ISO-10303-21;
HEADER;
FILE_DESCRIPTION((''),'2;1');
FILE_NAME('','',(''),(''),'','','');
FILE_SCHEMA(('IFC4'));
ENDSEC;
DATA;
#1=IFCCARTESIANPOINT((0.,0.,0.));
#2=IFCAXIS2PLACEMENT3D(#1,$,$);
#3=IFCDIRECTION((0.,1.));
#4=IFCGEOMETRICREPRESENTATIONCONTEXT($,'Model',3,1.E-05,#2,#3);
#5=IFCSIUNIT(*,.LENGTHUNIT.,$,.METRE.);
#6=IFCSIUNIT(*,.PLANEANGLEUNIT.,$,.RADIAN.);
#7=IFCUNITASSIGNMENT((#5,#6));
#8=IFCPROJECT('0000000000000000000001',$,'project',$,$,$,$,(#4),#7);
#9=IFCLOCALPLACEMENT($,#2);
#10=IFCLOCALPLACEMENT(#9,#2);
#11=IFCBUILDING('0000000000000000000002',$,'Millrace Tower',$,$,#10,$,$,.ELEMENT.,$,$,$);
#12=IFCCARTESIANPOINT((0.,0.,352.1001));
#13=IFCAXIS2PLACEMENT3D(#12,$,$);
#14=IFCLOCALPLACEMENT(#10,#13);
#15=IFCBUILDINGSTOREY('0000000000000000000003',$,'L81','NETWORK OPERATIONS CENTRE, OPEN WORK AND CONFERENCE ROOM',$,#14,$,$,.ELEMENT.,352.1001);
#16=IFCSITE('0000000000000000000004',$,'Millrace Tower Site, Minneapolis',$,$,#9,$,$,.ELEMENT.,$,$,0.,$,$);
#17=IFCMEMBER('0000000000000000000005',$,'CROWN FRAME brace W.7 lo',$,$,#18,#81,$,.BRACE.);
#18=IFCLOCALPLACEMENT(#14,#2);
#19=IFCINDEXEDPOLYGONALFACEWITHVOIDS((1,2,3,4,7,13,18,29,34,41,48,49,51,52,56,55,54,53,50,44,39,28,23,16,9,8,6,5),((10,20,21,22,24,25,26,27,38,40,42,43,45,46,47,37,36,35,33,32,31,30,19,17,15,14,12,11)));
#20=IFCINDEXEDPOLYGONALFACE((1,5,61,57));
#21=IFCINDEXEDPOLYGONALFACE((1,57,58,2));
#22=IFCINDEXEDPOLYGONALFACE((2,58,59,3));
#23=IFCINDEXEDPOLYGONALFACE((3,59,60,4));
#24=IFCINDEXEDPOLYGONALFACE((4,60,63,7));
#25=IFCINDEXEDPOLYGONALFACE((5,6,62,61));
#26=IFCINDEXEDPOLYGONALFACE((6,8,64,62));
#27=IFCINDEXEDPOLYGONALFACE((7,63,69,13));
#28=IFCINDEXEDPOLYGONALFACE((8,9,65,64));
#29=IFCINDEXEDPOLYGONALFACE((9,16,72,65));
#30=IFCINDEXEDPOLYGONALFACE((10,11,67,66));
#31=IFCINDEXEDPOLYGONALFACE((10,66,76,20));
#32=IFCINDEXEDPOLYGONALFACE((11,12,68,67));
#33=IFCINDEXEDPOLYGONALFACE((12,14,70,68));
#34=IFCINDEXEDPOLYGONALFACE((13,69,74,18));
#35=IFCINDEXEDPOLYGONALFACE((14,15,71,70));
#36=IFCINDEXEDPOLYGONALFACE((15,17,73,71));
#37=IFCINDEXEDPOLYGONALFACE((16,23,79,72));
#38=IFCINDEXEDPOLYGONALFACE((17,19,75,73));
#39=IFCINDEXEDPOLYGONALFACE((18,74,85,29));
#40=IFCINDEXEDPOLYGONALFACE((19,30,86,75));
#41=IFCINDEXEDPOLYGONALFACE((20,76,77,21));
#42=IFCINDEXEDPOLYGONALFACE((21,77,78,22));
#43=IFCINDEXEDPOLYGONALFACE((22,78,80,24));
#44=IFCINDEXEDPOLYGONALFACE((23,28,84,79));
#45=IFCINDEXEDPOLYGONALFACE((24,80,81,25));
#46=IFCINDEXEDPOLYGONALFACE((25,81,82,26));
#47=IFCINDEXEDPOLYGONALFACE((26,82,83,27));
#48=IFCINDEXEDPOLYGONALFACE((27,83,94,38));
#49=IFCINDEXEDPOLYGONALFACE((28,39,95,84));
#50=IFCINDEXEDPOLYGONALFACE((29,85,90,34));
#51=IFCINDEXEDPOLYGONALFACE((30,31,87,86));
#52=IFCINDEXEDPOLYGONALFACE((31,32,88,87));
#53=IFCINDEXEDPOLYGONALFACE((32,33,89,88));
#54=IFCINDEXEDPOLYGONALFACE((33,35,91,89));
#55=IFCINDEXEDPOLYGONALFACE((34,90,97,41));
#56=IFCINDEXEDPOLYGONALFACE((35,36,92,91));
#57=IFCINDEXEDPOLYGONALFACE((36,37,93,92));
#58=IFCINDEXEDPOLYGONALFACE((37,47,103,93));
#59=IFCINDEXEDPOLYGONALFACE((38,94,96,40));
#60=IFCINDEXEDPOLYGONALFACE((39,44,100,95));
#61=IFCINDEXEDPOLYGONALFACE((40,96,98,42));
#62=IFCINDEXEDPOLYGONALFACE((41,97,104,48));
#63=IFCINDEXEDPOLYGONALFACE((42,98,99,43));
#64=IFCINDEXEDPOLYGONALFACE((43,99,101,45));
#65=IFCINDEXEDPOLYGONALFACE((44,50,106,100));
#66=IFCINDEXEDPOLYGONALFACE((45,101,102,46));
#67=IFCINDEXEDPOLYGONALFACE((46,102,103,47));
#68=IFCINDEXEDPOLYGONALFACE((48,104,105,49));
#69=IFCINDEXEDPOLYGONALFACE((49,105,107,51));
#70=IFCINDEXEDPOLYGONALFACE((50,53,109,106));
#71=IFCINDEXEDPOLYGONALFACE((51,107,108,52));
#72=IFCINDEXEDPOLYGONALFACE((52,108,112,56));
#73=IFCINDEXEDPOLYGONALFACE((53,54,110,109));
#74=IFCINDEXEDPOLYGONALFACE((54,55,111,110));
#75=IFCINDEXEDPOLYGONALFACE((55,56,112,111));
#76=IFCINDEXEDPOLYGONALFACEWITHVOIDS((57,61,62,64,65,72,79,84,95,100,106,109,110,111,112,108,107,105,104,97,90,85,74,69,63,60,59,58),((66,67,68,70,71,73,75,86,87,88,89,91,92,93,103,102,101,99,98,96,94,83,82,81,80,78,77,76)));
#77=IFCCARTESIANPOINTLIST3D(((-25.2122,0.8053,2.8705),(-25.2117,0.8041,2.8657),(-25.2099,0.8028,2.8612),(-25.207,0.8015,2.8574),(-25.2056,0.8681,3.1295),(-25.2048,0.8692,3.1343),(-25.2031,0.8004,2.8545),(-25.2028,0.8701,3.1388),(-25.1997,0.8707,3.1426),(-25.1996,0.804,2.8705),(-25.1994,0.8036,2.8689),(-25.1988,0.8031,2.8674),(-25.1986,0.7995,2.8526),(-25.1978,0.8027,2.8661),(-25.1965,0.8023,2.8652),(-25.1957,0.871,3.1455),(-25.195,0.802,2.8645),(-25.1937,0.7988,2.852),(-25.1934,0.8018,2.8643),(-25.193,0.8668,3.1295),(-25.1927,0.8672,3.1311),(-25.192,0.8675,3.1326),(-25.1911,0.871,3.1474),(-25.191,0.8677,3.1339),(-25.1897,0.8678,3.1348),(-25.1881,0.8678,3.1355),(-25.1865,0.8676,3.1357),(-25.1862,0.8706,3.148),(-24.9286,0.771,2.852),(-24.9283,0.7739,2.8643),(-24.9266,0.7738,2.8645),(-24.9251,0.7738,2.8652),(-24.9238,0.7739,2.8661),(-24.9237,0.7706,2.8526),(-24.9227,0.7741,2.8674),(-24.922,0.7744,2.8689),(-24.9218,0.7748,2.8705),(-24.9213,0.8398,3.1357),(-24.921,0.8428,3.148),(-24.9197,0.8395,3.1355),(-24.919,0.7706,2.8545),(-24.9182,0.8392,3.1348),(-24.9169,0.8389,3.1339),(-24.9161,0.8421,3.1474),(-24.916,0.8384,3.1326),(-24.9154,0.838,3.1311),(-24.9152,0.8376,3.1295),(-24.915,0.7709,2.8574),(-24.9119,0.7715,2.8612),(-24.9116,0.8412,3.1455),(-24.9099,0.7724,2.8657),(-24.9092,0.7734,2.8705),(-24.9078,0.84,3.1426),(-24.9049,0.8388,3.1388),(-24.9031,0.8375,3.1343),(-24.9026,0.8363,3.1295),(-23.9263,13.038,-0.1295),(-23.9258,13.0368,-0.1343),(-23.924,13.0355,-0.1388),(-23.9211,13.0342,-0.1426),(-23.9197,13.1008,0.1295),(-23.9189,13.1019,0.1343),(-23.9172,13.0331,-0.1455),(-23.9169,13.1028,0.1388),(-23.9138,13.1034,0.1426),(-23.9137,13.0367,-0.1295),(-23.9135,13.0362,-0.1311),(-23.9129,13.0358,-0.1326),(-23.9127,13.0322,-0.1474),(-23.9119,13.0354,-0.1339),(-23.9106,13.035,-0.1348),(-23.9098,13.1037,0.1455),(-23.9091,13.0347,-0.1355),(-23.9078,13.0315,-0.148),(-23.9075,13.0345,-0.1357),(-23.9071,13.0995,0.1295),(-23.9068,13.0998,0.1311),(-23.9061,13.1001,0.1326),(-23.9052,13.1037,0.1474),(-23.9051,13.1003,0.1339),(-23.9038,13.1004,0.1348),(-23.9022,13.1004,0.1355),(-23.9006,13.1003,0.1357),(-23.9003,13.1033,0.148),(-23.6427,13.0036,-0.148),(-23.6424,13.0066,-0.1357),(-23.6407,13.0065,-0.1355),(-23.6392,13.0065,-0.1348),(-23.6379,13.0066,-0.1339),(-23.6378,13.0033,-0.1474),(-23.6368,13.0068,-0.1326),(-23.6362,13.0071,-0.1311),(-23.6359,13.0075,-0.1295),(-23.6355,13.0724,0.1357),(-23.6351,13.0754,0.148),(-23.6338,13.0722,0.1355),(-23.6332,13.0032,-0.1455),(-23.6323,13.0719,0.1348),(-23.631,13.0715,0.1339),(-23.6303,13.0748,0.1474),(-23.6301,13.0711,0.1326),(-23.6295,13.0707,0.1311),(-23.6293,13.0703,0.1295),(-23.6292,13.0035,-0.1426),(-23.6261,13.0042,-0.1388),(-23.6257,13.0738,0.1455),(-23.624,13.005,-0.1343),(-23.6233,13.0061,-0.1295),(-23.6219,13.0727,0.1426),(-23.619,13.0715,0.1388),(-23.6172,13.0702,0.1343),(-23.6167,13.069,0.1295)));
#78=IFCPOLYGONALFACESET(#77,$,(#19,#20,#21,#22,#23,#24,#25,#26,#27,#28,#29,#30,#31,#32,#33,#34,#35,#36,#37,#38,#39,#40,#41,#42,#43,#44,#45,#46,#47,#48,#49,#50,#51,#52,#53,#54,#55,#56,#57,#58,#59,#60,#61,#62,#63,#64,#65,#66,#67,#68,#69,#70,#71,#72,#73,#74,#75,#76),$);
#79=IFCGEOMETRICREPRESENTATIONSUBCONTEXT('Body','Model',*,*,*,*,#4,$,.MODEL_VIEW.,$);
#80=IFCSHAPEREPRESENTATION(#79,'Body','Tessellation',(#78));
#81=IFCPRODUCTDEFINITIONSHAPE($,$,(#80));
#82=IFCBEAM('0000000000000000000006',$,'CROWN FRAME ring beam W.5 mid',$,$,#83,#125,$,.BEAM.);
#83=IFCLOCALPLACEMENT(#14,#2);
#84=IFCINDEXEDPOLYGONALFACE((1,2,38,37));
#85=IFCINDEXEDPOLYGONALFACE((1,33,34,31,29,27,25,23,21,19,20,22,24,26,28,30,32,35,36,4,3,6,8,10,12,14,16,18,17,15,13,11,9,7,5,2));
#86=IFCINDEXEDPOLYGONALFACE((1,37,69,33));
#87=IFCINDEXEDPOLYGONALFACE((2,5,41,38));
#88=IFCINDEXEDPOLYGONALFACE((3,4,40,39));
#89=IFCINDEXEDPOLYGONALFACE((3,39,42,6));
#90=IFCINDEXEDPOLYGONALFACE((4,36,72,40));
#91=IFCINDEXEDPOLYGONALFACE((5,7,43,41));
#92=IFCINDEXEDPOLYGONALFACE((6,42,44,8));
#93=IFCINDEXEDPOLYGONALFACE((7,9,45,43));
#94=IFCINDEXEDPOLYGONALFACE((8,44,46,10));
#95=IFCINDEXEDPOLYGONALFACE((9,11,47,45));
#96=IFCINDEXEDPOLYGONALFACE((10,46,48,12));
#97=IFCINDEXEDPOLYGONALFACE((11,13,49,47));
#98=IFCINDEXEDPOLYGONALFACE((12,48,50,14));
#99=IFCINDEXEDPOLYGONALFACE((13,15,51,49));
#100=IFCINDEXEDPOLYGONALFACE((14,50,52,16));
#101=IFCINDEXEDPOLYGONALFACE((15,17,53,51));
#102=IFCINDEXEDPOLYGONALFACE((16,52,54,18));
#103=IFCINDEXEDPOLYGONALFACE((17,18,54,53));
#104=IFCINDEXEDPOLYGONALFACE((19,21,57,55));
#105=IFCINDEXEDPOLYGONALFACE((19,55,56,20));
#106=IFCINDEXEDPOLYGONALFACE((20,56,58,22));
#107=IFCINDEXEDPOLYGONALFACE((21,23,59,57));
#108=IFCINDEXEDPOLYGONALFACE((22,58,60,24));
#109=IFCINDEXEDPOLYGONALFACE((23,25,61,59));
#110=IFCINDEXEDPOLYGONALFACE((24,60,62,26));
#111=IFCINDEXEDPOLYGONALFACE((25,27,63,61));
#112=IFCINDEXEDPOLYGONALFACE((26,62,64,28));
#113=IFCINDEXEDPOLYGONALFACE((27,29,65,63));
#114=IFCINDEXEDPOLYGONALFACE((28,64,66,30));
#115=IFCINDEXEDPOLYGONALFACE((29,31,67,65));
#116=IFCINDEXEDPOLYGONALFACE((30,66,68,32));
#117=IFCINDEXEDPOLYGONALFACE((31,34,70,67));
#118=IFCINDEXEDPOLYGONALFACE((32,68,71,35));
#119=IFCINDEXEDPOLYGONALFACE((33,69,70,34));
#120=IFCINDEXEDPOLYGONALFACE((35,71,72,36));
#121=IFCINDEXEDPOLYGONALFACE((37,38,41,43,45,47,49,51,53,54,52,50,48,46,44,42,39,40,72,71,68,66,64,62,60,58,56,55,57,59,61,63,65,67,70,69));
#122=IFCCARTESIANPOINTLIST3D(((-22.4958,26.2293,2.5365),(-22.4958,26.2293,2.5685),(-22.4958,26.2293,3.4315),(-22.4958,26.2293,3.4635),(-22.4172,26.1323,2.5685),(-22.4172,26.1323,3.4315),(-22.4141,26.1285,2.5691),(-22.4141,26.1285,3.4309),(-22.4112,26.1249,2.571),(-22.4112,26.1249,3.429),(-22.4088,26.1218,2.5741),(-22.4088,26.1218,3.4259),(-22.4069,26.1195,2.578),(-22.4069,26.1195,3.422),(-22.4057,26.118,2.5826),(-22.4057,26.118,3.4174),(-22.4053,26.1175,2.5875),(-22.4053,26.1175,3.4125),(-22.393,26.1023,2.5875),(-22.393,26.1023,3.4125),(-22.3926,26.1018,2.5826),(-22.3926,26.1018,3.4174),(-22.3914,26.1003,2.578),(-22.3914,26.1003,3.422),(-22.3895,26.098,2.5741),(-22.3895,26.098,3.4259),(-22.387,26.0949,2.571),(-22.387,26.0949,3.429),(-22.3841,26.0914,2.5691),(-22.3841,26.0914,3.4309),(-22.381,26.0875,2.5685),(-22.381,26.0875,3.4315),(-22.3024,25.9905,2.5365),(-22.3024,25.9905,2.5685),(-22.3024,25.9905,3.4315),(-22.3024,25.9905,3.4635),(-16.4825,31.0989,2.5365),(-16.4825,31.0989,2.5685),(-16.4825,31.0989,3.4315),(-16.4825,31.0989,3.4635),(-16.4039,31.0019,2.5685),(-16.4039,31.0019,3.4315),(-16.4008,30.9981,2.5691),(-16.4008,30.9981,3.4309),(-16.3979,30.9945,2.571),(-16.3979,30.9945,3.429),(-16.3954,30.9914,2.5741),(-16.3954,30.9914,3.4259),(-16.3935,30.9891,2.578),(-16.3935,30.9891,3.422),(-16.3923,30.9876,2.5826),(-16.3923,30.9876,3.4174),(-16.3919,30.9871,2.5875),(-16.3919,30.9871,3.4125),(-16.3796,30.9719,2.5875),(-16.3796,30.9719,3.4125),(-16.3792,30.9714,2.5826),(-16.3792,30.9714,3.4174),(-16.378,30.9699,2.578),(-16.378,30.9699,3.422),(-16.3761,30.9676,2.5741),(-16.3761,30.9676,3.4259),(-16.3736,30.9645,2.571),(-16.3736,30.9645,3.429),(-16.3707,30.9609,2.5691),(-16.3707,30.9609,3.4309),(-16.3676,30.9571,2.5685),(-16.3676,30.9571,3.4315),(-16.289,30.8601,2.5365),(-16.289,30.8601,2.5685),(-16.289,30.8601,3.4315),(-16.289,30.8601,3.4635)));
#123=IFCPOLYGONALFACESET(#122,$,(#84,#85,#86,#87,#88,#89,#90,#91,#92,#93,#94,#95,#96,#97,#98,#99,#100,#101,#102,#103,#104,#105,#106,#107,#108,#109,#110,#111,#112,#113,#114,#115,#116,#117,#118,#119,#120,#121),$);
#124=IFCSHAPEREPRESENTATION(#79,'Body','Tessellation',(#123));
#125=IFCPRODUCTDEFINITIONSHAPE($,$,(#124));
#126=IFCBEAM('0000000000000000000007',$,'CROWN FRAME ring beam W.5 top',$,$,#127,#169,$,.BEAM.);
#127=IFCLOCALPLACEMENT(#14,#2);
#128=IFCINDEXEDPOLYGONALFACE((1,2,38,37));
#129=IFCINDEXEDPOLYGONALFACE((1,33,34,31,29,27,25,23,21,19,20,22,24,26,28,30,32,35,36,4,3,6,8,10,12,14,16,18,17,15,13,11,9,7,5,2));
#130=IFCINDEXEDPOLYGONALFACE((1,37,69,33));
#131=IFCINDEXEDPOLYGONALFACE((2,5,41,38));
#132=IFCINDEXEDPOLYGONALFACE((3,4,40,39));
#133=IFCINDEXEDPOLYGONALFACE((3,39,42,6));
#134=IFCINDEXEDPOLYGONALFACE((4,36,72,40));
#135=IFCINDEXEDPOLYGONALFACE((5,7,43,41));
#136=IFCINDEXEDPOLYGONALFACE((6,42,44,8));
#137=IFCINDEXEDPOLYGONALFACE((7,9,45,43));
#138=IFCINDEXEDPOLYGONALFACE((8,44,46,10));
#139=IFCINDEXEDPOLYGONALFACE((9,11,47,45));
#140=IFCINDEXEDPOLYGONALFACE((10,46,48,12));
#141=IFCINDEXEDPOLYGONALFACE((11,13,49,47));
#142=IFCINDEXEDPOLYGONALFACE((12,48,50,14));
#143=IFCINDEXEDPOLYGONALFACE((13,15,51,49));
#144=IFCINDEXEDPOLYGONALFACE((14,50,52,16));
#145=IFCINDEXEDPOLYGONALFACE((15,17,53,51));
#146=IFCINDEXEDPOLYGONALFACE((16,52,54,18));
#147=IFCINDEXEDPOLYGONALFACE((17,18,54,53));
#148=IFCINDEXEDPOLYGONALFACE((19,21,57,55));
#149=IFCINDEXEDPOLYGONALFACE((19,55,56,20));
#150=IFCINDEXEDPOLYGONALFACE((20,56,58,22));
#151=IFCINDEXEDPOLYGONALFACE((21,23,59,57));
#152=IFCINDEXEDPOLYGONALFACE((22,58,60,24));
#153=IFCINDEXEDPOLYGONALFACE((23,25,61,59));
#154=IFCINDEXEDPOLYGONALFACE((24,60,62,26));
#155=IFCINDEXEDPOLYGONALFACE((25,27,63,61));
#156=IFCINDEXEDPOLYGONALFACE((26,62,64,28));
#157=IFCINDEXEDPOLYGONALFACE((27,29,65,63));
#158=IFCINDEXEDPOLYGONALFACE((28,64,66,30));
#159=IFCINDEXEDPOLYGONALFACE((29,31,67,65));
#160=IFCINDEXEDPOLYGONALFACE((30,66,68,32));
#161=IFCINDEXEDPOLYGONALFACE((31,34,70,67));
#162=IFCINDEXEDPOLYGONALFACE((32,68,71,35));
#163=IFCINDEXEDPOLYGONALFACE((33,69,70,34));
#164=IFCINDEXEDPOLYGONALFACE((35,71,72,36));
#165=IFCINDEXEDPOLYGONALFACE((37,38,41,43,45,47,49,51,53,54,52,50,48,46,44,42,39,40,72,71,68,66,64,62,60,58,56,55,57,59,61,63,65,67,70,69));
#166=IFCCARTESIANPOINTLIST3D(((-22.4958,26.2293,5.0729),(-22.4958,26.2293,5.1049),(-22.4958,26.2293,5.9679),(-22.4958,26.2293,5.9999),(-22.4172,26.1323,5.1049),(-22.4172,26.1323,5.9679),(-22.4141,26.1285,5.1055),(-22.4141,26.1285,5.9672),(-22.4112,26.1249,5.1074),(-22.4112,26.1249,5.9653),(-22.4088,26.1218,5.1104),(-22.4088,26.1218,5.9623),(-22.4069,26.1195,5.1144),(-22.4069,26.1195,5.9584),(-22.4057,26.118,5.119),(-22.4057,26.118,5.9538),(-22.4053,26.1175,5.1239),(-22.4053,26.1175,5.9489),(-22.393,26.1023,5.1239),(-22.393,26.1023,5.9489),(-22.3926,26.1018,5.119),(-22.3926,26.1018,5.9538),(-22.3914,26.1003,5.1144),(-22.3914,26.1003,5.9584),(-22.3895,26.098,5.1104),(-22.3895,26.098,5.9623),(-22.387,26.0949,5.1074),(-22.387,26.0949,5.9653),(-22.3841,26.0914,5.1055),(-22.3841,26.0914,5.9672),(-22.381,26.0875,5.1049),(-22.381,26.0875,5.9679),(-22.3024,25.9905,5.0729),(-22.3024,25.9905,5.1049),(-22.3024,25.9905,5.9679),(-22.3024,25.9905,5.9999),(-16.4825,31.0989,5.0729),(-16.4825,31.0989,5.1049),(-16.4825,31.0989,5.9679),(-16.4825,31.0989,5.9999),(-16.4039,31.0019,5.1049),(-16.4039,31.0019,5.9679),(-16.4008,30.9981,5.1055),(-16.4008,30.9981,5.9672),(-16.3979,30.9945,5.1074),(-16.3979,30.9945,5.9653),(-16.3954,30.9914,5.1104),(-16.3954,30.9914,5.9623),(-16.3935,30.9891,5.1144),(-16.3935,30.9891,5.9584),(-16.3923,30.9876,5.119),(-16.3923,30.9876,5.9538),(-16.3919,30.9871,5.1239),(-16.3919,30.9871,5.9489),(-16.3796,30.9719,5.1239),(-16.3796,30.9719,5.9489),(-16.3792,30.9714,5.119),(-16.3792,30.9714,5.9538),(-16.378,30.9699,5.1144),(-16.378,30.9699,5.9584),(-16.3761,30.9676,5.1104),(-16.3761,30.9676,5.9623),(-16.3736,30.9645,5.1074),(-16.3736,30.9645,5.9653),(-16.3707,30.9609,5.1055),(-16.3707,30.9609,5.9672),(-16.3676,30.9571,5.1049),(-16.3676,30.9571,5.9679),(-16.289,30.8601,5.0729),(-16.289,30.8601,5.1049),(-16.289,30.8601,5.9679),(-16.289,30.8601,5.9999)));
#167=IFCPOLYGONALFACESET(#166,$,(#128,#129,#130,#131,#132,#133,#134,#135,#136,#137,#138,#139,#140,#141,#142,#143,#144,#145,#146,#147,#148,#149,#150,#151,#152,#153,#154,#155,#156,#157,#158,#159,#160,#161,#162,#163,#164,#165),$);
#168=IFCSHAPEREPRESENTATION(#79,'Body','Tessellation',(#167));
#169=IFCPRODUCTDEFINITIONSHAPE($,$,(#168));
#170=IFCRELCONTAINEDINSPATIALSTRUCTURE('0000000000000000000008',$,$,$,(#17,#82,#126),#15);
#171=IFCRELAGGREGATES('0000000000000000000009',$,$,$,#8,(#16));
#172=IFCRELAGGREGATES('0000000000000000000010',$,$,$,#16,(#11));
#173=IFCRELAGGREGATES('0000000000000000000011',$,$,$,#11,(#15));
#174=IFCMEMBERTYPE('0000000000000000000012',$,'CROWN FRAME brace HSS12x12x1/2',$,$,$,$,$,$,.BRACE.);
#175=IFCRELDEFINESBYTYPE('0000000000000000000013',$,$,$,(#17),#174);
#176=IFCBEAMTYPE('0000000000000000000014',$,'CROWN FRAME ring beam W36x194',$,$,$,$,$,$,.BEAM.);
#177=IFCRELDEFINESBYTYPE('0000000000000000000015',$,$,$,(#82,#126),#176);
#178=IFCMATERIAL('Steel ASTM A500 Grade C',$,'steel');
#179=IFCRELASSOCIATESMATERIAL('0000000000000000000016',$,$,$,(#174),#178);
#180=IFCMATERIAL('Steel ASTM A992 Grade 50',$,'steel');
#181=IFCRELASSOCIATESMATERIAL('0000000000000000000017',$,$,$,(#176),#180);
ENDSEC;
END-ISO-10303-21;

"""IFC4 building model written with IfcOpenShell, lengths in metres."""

from ifc_helpers import new_model, si_unit, direction, frame, origin, origin_2d, place, context, subcontext, project, spatial, hollow_rectangle, i_section, extrude, material, material_profile, profile_set, type_object, element, save


model = new_model("IFC4")

# Units and contexts
model_context = context("Model", 3, precision=1e-05, world=origin(), true_north=direction((0.0, 1.0)))
body_context = subcontext(model_context, "Body", "Model", "MODEL_VIEW")
ifc_project = project(units=[si_unit("LENGTHUNIT", "METRE"), si_unit("PLANEANGLEUNIT", "RADIAN")], contexts=[model_context])

# Site, building, storey
site_placement = place(None, origin())
site = spatial("IfcSite", under=ifc_project, at=site_placement, Name="Millrace Tower Site, Minneapolis", CompositionType="ELEMENT", RefElevation=0.0)
building_placement = place(site_placement, origin())
building = spatial("IfcBuilding", under=site, at=building_placement, Name="Millrace Tower", CompositionType="ELEMENT")
storey_placement = place(building_placement, frame((0.0, 0.0, 352.1001)))
storey = spatial("IfcBuildingStorey", under=building, at=storey_placement, Name="L81", Description="NETWORK OPERATIONS CENTRE, OPEN WORK AND CONFERENCE ROOM", CompositionType="ELEMENT", Elevation=352.1001)

# Member
ifc_material_1 = material(Name="Steel ASTM A500 Grade C", Category="steel")
ifc_material_profile_1 = material_profile(ifc_material_1, hollow_rectangle(XDim=0.3047, YDim=0.3047, WallThickness=0.0127, InnerFilletRadius=0.0063, OuterFilletRadius=0.019, at=origin_2d()))
ifc_profile_set_1 = profile_set([ifc_material_profile_1], Name="Steel ASTM A500 Grade C")
member_type = type_object("IfcMemberType", Name="CROWN FRAME brace HSS12x12x1/2", PredefinedType="BRACE", material=ifc_profile_set_1)
member_1_placement = place(storey_placement, frame((-23.7715, 13.0535, 0.0), z_axis=(-0.101566, -0.966197, 0.236955), x_axis=(0.99452, -0.104543, 0.0)))
element("IfcMember", 1, at=member_1_placement, inside=storey, type_object=member_type, Name="CROWN FRAME brace W.7 lo", PredefinedType="BRACE", context=body_context, shape_type="SweptSolid", body=[
    extrude(hollow_rectangle(XDim=0.3047, YDim=0.3047, WallThickness=0.0127, InnerFilletRadius=0.0063, OuterFilletRadius=0.019, at=origin_2d()), origin(), (0.0, 0.0, 1.0), 12.6606),
])

# Beams
ifc_material_2 = material(Name="Steel ASTM A992 Grade 50", Category="steel")
ifc_material_profile_2 = material_profile(ifc_material_2, i_section(OverallWidth=0.3074, OverallDepth=0.927, WebThickness=0.0195, FlangeThickness=0.032, FilletRadius=0.019, at=origin_2d()))
ifc_profile_set_2 = profile_set([ifc_material_profile_2], Name="Steel ASTM A992 Grade 50")
beam_type_1 = type_object("IfcBeamType", Name="CROWN FRAME ring beam W36x194", PredefinedType="BEAM", material=ifc_profile_set_2)
for number, where, z_axis, x_axis, name in (
    (2, (-16.3857, 30.9795, 3.0), (-0.777143, -0.629324, 0.0), (0.629324, -0.777143, 0.0), "CROWN FRAME ring beam W.5 mid"),
    (3, (-16.3857, 30.9795, 5.5364), (-0.777143, -0.629324, 0.0), (0.629324, -0.777143, 0.0), "CROWN FRAME ring beam W.5 top"),
):
    element("IfcBeam", number, at=place(storey_placement, frame(where, z_axis=z_axis, x_axis=x_axis)), inside=storey, type_object=beam_type_1, Name=name, PredefinedType="BEAM", context=body_context, shape_type="SweptSolid", body=[
        extrude(i_section(OverallWidth=0.3074, OverallDepth=0.927, WebThickness=0.0195, FlangeThickness=0.032, FilletRadius=0.019, at=origin_2d()), origin(), (0.0, 0.0, 1.0), 7.7378),
    ])

save(model, "model.ifc")
